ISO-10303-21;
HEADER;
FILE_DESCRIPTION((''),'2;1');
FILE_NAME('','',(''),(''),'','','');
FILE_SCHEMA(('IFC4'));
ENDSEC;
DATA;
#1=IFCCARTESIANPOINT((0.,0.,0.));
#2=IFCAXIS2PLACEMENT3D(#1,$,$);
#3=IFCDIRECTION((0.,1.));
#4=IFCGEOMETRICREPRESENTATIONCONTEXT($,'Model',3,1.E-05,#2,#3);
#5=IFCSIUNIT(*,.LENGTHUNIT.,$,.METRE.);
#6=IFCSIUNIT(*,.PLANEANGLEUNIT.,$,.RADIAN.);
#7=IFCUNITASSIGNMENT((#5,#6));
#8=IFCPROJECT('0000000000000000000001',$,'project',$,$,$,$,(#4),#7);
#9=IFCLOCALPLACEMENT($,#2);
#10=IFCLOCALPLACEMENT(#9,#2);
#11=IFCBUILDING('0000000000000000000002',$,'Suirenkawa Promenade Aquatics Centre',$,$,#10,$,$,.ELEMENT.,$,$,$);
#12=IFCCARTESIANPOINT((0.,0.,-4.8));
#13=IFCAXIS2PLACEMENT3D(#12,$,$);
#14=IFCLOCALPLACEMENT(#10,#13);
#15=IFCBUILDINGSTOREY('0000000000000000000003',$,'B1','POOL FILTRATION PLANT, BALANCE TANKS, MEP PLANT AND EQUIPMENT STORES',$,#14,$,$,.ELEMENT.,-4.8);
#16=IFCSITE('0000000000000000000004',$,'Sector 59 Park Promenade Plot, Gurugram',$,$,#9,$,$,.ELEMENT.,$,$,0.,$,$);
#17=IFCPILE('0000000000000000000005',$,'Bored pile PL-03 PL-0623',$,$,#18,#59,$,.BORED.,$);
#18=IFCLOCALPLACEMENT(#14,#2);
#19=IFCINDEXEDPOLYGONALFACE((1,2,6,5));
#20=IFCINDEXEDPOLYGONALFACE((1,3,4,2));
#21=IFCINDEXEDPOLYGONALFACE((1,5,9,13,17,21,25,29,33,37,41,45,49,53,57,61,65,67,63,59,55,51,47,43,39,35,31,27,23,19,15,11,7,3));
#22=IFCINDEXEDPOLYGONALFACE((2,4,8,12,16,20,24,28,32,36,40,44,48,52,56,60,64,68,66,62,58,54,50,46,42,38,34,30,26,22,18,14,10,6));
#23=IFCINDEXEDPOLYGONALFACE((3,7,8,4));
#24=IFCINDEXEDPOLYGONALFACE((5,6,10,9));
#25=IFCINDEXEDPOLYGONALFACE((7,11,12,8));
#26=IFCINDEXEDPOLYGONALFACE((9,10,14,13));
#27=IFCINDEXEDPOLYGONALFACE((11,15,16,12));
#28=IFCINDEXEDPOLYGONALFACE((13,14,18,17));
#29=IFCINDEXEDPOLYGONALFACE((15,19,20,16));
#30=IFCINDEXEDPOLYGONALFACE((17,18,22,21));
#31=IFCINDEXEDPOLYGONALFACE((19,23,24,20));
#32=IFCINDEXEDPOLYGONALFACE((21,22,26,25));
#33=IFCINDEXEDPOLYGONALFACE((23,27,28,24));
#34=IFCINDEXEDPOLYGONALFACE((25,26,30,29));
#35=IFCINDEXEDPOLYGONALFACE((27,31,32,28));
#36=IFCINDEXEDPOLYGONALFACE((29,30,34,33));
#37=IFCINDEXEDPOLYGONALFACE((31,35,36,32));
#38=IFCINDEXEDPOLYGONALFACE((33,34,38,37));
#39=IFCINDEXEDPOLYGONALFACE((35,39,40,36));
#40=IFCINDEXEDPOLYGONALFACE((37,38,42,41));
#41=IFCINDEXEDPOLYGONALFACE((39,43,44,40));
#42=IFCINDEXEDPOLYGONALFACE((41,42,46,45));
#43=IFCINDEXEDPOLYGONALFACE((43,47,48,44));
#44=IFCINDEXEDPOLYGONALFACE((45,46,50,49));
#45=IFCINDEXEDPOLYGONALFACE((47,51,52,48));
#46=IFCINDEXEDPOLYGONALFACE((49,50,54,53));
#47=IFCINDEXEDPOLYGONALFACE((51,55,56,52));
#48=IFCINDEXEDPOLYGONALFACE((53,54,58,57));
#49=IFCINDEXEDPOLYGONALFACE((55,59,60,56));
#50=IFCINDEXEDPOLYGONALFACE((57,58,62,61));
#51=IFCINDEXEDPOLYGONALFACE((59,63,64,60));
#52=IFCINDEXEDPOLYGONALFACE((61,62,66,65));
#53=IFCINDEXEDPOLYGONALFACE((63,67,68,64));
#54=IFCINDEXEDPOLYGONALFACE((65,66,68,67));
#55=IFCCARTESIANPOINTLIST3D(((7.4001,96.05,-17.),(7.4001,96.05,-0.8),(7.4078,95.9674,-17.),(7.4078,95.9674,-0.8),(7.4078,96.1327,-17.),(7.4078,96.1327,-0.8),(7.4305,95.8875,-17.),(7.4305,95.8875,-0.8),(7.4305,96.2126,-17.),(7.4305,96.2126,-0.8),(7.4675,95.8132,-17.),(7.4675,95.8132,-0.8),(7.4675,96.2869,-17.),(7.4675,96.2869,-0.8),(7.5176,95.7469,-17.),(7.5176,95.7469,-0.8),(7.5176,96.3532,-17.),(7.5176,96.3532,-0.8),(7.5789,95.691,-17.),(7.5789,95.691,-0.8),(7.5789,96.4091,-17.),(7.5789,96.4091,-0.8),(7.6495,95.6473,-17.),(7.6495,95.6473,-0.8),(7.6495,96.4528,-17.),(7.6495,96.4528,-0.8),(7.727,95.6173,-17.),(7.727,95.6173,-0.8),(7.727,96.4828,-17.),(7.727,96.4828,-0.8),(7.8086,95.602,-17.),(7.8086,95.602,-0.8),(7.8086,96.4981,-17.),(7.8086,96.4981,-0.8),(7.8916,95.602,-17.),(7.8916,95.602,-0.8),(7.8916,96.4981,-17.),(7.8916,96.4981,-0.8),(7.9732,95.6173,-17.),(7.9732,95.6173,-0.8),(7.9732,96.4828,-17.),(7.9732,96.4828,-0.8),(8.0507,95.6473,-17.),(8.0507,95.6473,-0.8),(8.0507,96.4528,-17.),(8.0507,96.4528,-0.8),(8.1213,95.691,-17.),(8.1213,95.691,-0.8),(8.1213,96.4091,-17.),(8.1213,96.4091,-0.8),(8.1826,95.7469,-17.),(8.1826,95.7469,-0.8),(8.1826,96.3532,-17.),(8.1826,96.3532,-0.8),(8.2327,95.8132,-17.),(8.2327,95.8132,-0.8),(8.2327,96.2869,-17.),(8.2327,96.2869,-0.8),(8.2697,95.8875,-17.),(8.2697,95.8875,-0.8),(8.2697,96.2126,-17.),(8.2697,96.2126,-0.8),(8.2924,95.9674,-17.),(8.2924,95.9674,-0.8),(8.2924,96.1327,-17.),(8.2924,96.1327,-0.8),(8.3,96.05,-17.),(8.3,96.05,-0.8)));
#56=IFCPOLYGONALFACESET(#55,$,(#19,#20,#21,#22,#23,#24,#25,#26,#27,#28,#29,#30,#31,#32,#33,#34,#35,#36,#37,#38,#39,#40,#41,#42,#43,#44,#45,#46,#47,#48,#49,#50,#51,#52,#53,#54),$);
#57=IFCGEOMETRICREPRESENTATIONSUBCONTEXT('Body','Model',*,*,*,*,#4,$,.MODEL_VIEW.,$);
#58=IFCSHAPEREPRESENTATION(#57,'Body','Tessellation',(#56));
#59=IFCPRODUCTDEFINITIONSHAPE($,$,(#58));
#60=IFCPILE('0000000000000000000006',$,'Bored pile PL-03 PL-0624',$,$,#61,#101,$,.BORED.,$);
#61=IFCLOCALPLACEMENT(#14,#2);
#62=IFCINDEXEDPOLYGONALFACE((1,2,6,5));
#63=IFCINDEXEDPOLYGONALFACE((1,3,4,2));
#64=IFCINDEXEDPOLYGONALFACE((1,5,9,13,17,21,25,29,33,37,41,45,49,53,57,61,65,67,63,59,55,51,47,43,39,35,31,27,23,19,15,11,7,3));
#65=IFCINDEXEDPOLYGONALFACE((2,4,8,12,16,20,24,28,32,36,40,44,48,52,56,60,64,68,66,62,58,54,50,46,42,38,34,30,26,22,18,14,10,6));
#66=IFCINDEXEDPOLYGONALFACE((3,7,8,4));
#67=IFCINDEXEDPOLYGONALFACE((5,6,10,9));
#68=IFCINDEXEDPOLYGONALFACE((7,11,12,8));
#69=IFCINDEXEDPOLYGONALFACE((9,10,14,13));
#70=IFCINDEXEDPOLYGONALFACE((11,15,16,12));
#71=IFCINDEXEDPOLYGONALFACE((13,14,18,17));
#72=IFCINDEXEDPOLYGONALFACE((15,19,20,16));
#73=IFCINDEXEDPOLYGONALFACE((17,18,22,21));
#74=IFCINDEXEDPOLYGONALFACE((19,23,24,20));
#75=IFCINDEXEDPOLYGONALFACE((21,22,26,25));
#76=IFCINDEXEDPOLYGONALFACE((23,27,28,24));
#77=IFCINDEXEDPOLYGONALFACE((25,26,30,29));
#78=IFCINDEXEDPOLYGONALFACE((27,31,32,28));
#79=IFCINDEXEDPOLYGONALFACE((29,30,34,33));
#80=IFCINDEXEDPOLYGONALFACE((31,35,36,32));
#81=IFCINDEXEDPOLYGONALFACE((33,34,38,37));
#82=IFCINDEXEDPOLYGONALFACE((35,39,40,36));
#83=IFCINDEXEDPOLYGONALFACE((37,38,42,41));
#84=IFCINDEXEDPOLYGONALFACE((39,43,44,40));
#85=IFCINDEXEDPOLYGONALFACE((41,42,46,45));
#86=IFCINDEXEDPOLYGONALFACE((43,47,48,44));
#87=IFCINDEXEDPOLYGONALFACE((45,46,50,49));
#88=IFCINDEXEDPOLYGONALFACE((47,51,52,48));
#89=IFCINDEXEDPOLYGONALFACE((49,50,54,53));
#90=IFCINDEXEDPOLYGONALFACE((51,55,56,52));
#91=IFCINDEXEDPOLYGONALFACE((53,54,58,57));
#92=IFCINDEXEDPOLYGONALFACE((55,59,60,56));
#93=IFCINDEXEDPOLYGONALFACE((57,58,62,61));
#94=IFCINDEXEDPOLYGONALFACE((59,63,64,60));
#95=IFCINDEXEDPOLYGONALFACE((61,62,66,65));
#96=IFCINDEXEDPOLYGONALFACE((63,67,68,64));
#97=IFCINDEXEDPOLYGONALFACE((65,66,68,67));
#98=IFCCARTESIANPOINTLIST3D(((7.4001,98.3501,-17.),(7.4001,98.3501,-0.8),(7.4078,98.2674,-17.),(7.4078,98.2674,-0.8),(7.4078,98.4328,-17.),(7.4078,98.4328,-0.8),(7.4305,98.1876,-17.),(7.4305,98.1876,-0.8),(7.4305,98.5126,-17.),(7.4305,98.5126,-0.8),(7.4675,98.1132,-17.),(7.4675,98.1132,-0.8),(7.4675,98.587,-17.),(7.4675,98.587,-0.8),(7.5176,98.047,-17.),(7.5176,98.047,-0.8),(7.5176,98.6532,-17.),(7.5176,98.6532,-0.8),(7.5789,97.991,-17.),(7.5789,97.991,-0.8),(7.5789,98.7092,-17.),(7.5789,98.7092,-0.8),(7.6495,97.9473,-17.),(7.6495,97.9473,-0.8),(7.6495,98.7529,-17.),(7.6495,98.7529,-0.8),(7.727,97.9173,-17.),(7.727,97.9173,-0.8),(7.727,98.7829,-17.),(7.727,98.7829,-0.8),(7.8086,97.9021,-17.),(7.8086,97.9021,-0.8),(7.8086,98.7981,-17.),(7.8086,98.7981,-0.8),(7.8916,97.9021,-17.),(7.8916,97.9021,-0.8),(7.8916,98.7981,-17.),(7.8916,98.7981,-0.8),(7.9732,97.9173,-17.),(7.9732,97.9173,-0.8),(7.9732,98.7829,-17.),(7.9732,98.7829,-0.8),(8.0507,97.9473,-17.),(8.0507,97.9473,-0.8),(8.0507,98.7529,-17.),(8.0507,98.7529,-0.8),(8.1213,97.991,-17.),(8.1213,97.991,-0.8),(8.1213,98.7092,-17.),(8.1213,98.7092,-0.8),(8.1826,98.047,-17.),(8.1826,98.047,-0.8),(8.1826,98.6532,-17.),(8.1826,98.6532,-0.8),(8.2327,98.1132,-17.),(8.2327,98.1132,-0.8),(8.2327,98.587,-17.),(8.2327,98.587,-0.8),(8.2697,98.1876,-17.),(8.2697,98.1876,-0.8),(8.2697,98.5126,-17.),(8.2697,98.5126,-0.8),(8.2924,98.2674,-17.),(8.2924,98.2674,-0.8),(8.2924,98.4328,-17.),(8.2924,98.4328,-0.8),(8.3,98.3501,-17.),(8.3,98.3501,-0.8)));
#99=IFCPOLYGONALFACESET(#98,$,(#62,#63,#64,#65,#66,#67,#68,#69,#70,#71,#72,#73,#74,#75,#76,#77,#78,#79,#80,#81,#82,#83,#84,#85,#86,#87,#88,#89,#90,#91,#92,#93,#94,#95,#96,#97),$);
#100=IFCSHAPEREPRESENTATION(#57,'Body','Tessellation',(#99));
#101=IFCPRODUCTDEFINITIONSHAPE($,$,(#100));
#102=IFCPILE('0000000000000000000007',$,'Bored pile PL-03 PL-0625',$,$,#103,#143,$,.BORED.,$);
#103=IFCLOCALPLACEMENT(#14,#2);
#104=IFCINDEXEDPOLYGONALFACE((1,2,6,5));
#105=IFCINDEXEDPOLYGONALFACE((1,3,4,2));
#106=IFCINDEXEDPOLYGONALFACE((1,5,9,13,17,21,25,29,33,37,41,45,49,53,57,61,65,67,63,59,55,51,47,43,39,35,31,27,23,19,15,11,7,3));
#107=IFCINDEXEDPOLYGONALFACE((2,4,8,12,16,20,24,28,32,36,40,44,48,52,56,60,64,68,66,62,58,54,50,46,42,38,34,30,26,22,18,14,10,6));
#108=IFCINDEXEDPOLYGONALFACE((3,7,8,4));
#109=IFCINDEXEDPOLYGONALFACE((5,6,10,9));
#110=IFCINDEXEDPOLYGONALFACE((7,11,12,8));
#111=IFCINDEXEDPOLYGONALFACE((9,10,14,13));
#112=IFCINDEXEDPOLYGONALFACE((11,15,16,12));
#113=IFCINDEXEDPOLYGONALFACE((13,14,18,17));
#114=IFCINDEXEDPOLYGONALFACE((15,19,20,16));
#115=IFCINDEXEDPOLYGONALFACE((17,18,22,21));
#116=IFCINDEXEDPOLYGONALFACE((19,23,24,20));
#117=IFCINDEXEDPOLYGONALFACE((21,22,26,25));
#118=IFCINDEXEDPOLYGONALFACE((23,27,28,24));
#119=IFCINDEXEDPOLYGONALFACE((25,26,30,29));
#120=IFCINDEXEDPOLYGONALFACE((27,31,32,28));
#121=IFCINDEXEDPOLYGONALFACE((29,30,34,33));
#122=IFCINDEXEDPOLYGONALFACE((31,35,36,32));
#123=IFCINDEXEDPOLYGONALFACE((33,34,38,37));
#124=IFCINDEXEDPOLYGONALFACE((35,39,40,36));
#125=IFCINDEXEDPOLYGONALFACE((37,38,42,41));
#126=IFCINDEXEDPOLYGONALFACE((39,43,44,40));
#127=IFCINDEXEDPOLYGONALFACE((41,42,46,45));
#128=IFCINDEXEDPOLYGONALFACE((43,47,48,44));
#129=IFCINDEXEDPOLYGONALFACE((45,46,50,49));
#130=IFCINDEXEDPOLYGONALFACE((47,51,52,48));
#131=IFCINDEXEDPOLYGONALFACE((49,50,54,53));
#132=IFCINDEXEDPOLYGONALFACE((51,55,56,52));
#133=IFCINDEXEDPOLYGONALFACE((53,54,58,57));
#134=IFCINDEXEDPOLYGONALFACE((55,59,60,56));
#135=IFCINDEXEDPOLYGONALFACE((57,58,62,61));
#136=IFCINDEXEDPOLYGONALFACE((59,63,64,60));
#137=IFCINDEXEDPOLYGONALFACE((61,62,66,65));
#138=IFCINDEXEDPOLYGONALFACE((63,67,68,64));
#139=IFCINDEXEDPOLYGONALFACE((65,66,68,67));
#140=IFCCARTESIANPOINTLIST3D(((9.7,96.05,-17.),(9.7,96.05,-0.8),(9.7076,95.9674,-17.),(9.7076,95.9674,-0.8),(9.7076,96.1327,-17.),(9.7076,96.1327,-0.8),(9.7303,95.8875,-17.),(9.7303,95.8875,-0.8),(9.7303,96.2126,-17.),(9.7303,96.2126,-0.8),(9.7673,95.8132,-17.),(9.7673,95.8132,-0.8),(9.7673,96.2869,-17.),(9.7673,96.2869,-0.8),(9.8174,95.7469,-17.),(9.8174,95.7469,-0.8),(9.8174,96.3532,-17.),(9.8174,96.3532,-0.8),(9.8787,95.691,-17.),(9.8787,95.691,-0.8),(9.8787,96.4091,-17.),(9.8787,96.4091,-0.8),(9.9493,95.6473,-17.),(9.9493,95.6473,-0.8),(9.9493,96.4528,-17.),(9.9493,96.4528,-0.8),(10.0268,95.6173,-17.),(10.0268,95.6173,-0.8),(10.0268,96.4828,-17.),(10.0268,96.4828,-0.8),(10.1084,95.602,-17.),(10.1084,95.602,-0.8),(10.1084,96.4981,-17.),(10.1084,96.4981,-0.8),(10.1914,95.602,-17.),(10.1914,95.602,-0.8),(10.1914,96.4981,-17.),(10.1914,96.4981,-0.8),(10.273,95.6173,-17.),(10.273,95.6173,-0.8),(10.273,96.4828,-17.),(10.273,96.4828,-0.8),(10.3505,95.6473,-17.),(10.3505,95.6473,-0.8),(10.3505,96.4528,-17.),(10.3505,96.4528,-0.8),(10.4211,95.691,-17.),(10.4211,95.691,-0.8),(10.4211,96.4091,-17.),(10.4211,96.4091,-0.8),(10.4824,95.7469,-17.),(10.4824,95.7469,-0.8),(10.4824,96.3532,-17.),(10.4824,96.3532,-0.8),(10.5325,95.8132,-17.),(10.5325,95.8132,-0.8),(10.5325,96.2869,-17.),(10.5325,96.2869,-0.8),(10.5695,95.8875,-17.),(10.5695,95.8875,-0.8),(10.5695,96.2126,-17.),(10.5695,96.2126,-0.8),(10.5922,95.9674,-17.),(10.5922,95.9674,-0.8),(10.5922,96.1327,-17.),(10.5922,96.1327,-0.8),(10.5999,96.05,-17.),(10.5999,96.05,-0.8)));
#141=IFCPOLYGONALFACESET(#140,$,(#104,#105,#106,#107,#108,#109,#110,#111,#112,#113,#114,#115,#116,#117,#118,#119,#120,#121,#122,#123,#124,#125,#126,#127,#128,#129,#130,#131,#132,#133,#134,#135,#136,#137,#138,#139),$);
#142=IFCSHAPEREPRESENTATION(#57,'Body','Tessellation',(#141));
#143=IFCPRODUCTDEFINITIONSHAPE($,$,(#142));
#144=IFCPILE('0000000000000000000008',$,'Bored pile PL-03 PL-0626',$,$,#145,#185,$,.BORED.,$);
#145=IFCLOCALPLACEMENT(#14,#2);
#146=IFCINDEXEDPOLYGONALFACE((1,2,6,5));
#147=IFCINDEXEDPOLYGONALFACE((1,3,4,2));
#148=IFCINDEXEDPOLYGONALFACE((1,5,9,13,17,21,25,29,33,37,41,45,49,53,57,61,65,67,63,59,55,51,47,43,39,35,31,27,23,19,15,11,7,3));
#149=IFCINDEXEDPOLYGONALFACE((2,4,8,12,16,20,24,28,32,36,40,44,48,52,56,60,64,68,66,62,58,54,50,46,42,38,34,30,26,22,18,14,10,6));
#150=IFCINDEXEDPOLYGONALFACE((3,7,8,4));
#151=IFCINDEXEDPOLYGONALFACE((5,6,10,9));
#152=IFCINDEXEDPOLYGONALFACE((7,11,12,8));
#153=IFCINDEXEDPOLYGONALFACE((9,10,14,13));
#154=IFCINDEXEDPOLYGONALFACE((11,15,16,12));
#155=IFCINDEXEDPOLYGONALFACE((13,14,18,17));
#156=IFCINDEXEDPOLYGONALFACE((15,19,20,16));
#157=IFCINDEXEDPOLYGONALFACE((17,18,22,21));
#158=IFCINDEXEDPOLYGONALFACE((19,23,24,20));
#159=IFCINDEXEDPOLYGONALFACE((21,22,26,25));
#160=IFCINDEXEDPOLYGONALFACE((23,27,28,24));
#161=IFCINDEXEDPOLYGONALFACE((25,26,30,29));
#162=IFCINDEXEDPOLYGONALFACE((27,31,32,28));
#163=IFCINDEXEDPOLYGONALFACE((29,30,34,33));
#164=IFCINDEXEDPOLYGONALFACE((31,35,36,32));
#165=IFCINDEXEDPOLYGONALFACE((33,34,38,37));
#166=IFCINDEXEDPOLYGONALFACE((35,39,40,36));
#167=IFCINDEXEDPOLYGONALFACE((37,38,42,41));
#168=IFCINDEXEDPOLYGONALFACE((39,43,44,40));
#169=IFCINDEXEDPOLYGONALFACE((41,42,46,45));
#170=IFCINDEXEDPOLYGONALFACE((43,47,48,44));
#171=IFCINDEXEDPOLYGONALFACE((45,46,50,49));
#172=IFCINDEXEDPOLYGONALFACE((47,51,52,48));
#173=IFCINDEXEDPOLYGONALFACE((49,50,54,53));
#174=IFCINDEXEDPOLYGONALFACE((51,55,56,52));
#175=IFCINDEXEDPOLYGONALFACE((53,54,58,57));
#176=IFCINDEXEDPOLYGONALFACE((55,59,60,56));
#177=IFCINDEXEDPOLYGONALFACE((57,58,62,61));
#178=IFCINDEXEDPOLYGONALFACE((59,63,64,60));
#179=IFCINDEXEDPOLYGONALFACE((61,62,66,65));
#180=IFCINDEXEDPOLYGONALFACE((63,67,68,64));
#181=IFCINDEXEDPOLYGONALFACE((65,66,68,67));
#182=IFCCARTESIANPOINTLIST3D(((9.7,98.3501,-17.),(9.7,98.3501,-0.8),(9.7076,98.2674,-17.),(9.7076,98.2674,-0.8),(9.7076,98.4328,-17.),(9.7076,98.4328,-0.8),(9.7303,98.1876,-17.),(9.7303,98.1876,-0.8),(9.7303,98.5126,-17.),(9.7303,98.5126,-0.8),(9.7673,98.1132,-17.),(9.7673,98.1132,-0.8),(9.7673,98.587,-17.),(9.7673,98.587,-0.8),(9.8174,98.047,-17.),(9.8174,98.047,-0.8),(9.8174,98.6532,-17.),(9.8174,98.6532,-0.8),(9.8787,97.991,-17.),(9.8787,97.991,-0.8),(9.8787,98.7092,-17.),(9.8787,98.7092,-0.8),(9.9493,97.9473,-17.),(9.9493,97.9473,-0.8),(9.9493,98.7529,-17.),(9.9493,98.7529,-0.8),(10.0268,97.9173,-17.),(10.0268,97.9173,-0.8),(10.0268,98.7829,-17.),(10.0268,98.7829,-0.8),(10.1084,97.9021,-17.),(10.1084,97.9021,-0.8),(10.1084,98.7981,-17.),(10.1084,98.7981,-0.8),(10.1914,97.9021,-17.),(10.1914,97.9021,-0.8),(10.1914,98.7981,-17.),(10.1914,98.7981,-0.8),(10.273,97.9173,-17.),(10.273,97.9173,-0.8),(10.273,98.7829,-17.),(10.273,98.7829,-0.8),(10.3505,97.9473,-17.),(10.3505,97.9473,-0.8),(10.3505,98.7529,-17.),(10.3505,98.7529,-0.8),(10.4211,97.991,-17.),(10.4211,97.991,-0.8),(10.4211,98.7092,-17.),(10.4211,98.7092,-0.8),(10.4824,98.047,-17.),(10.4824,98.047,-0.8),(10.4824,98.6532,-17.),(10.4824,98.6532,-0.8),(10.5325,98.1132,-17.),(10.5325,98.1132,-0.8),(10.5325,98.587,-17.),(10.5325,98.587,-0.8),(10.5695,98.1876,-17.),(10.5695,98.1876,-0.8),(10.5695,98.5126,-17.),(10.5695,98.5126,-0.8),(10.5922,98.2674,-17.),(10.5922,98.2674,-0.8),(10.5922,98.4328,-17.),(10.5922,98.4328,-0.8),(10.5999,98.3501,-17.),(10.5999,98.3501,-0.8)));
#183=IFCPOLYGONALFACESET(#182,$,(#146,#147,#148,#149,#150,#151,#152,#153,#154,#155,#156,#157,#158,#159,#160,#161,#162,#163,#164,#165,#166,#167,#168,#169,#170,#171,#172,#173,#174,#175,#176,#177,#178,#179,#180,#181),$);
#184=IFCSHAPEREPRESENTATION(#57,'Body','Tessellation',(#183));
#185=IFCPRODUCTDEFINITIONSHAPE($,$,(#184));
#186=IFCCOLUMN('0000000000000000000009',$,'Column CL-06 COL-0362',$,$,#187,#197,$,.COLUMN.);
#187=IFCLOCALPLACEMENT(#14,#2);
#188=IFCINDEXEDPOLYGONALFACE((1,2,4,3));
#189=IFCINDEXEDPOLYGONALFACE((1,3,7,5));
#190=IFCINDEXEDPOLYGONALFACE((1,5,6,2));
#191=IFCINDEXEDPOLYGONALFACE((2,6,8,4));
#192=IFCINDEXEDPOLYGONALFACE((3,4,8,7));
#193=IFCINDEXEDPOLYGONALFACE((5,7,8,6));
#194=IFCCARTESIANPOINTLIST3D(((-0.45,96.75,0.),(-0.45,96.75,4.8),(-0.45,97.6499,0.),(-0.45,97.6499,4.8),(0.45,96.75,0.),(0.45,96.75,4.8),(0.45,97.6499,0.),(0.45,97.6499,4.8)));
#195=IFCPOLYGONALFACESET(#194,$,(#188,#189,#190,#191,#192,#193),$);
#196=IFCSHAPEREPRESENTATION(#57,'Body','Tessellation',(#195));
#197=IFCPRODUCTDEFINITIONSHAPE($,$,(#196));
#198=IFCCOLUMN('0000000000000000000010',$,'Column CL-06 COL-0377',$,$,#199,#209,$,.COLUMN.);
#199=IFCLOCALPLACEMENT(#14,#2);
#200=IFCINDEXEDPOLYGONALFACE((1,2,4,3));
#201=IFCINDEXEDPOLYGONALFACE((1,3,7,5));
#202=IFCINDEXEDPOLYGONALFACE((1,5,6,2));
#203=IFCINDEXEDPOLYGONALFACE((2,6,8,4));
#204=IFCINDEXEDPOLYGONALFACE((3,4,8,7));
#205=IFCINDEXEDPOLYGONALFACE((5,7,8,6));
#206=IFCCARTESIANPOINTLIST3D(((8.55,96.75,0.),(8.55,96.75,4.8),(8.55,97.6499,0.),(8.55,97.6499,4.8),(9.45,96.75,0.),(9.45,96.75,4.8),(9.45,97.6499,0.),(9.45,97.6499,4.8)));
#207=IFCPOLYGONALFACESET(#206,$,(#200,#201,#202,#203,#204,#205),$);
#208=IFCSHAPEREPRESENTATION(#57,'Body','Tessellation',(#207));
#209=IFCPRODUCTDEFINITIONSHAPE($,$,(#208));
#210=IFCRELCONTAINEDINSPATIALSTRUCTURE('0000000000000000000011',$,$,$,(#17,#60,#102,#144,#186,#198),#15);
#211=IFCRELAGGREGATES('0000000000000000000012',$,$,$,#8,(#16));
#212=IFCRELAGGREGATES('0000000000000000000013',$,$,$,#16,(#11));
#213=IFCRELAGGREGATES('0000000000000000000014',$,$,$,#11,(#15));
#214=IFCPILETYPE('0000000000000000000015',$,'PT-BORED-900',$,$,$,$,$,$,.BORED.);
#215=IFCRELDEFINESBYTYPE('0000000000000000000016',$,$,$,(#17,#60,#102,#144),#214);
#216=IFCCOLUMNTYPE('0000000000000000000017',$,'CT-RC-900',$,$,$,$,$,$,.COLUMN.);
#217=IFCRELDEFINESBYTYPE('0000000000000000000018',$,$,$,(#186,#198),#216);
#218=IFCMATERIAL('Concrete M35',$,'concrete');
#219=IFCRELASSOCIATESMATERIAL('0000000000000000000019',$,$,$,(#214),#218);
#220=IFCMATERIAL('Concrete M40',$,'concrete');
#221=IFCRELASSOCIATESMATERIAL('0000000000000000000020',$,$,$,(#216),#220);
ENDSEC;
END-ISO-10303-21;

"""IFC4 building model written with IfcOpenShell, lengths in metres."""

from ifc_helpers import new_model, si_unit, direction, frame, origin, origin_2d, place, context, subcontext, project, spatial, rectangle, circle, extrude, material, material_profile, profile_set, type_object, element, save


model = new_model("IFC4")

# Units and contexts
model_context = context("Model", 3, precision=1e-05, world=origin(), true_north=direction((0.0, 1.0)))
body_context = subcontext(model_context, "Body", "Model", "MODEL_VIEW")
ifc_project = project(units=[si_unit("LENGTHUNIT", "METRE"), si_unit("PLANEANGLEUNIT", "RADIAN")], contexts=[model_context])

# Site, building, storey
site_placement = place(None, origin())
site = spatial("IfcSite", under=ifc_project, at=site_placement, Name="Sector 59 Park Promenade Plot, Gurugram", CompositionType="ELEMENT", RefElevation=0.0)
building_placement = place(site_placement, origin())
building = spatial("IfcBuilding", under=site, at=building_placement, Name="Suirenkawa Promenade Aquatics Centre", CompositionType="ELEMENT")
storey_placement = place(building_placement, frame((0.0, 0.0, -4.8)))
storey = spatial("IfcBuildingStorey", under=building, at=storey_placement, Name="B1", Description="POOL FILTRATION PLANT, BALANCE TANKS, MEP PLANT AND EQUIPMENT STORES", CompositionType="ELEMENT", Elevation=-4.8)

# Shared definitions
ifc_material_1 = material(Name="Concrete M35", Category="concrete")

# Piles
ifc_material_profile_1 = material_profile(ifc_material_1, circle(Radius=0.45, at=origin_2d()), Name="PILE D900", Category="concrete")
ifc_profile_set_1 = profile_set([ifc_material_profile_1], Name="Concrete M35")
pile_type_1 = type_object("IfcPileType", Name="PT-BORED-900", PredefinedType="BORED", material=ifc_profile_set_1)
for number, where, z_axis, x_axis, name in (
    (1, (7.8501, 96.05, -0.8), (0.0, 0.0, -1.0), (1.0, 0.0, 0.0), "Bored pile PL-03 PL-0623"),
    (2, (7.8501, 98.3501, -0.8), (0.0, 0.0, -1.0), (1.0, 0.0, 0.0), "Bored pile PL-03 PL-0624"),
    (3, (10.1499, 96.05, -0.8), (0.0, 0.0, -1.0), (1.0, 0.0, 0.0), "Bored pile PL-03 PL-0625"),
    (4, (10.1499, 98.3501, -0.8), (0.0, 0.0, -1.0), (1.0, 0.0, 0.0), "Bored pile PL-03 PL-0626"),
):
    element("IfcPile", number, at=place(storey_placement, frame(where, z_axis=z_axis, x_axis=x_axis)), inside=storey, type_object=pile_type_1, Name=name, PredefinedType="BORED", context=body_context, shape_type="SweptSolid", body=[
        extrude(circle(Radius=0.45, at=origin_2d()), origin(), (0.0, 0.0, 1.0), 16.2),
    ])

# Columns
ifc_material_2 = material(Name="Concrete M40", Category="concrete")
ifc_material_profile_2 = material_profile(ifc_material_2, rectangle(XDim=0.8999, YDim=0.8999, at=origin_2d()), Name="RC COL 900x900", Category="concrete")
ifc_profile_set_2 = profile_set([ifc_material_profile_2], Name="Concrete M40")
column_type = type_object("IfcColumnType", Name="CT-RC-900", PredefinedType="COLUMN", material=ifc_profile_set_2)
for number, where, z_axis, x_axis, name in (
    (5, (0.0, 97.2, 0.0), (0.0, 0.0, 1.0), (1.0, 0.0, 0.0), "Column CL-06 COL-0362"),
    (6, (9.0, 97.2, 0.0), (0.0, 0.0, 1.0), (1.0, 0.0, 0.0), "Column CL-06 COL-0377"),
):
    element("IfcColumn", number, at=place(storey_placement, frame(where, z_axis=z_axis, x_axis=x_axis)), inside=storey, type_object=column_type, Name=name, PredefinedType="COLUMN", context=body_context, shape_type="SweptSolid", body=[
        extrude(rectangle(XDim=0.8999, YDim=0.8999, at=origin_2d()), origin(), (0.0, 0.0, 1.0), 4.8),
    ])

save(model, "model.ifc")
